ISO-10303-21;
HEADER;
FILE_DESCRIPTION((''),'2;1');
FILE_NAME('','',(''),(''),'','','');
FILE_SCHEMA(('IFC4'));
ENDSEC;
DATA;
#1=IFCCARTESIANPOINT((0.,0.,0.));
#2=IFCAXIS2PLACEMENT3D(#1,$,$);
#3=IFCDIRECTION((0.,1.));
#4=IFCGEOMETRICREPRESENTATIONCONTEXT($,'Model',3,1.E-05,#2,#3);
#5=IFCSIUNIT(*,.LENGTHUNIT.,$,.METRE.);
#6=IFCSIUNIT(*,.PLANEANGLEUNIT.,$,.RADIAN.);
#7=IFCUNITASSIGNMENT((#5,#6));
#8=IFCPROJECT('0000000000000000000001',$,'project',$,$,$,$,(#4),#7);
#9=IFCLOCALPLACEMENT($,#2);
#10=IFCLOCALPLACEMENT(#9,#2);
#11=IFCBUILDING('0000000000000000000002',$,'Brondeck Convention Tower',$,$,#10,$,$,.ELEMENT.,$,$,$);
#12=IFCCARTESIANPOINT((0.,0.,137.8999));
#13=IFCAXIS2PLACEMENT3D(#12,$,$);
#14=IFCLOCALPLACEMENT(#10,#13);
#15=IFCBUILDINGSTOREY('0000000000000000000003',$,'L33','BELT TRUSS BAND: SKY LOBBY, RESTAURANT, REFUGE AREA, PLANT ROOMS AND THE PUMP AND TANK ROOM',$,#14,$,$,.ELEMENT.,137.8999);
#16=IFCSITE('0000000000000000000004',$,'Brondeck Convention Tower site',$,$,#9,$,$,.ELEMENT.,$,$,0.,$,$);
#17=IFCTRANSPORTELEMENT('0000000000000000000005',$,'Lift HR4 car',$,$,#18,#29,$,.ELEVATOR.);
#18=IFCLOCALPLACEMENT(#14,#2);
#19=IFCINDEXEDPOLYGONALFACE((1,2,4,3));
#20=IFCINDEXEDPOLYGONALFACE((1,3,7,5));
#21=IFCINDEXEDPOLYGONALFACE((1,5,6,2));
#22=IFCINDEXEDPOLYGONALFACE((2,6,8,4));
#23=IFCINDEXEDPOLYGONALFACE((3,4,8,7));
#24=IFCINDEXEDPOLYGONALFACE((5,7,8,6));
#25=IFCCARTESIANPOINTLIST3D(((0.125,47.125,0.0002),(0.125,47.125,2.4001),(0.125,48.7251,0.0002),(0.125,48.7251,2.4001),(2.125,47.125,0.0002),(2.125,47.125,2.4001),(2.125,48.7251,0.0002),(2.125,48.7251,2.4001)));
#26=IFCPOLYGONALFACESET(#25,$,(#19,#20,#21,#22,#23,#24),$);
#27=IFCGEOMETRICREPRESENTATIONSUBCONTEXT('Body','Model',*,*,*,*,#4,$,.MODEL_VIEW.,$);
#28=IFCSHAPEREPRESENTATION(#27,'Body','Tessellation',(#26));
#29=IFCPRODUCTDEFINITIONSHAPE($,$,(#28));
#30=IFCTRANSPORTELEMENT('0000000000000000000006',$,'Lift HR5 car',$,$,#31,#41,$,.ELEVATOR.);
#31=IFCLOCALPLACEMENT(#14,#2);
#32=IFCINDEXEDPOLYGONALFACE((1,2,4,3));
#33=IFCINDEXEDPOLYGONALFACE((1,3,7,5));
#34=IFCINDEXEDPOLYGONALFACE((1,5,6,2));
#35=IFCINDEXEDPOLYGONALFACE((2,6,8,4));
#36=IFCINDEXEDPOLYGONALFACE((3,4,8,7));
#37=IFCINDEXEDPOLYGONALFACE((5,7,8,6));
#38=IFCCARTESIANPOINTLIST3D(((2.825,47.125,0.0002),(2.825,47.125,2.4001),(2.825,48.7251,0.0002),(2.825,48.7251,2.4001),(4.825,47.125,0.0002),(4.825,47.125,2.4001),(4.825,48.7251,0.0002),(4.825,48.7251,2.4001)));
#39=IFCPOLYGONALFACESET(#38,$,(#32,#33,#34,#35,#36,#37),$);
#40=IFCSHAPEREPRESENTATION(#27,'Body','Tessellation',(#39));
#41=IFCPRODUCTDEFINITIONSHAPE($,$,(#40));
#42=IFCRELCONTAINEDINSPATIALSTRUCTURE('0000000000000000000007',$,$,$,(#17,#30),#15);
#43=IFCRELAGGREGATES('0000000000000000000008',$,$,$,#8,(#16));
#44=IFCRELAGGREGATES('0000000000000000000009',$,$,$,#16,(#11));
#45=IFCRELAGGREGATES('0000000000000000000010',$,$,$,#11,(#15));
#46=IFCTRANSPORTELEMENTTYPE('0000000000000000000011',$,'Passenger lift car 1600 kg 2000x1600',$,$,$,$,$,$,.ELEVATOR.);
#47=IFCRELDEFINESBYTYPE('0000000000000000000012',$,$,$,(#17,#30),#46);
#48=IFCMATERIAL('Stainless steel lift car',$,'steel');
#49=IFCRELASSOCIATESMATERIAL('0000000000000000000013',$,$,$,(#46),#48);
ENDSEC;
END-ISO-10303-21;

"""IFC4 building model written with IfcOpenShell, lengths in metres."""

from ifc_helpers import new_model, si_unit, direction, frame, origin, origin_2d, place, context, subcontext, project, spatial, rectangle, extrude, material, type_object, element, save


model = new_model("IFC4")

# Units and contexts
model_context = context("Model", 3, precision=1e-05, world=origin(), true_north=direction((0.0, 1.0)))
body_context = subcontext(model_context, "Body", "Model", "MODEL_VIEW")
ifc_project = project(units=[si_unit("LENGTHUNIT", "METRE"), si_unit("PLANEANGLEUNIT", "RADIAN")], contexts=[model_context])

# Site, building, storey
site_placement = place(None, origin())
site = spatial("IfcSite", under=ifc_project, at=site_placement, Name="Brondeck Convention Tower site", CompositionType="ELEMENT", RefElevation=0.0)
building_placement = place(site_placement, origin())
building = spatial("IfcBuilding", under=site, at=building_placement, Name="Brondeck Convention Tower", CompositionType="ELEMENT")
storey_placement = place(building_placement, frame((0.0, 0.0, 137.8999)))
storey = spatial("IfcBuildingStorey", under=building, at=storey_placement, Name="L33", Description="BELT TRUSS BAND: SKY LOBBY, RESTAURANT, REFUGE AREA, PLANT ROOMS AND THE PUMP AND TANK ROOM", CompositionType="ELEMENT", Elevation=137.8999)

# Transport elements
ifc_material_1 = material(Name="Stainless steel lift car", Category="steel")
transport_element_type = type_object("IfcTransportElementType", Name="Passenger lift car 1600 kg 2000x1600", PredefinedType="ELEVATOR", material=ifc_material_1)
for number, where, z_axis, x_axis, name in (
    (1, (1.125, 47.925, 0.0002), (0.0, 0.0, 1.0), (1.0, 0.0, 0.0), "Lift HR4 car"),
    (2, (3.825, 47.925, 0.0002), (0.0, 0.0, 1.0), (1.0, 0.0, 0.0), "Lift HR5 car"),
):
    element("IfcTransportElement", number, at=place(storey_placement, frame(where, z_axis=z_axis, x_axis=x_axis)), inside=storey, type_object=transport_element_type, Name=name, PredefinedType="ELEVATOR", context=body_context, shape_type="SweptSolid", body=[
        extrude(rectangle(XDim=2.0, YDim=1.6001, at=origin_2d()), origin(), (0.0, 0.0, 1.0), 2.3999),
    ])

save(model, "model.ifc")
